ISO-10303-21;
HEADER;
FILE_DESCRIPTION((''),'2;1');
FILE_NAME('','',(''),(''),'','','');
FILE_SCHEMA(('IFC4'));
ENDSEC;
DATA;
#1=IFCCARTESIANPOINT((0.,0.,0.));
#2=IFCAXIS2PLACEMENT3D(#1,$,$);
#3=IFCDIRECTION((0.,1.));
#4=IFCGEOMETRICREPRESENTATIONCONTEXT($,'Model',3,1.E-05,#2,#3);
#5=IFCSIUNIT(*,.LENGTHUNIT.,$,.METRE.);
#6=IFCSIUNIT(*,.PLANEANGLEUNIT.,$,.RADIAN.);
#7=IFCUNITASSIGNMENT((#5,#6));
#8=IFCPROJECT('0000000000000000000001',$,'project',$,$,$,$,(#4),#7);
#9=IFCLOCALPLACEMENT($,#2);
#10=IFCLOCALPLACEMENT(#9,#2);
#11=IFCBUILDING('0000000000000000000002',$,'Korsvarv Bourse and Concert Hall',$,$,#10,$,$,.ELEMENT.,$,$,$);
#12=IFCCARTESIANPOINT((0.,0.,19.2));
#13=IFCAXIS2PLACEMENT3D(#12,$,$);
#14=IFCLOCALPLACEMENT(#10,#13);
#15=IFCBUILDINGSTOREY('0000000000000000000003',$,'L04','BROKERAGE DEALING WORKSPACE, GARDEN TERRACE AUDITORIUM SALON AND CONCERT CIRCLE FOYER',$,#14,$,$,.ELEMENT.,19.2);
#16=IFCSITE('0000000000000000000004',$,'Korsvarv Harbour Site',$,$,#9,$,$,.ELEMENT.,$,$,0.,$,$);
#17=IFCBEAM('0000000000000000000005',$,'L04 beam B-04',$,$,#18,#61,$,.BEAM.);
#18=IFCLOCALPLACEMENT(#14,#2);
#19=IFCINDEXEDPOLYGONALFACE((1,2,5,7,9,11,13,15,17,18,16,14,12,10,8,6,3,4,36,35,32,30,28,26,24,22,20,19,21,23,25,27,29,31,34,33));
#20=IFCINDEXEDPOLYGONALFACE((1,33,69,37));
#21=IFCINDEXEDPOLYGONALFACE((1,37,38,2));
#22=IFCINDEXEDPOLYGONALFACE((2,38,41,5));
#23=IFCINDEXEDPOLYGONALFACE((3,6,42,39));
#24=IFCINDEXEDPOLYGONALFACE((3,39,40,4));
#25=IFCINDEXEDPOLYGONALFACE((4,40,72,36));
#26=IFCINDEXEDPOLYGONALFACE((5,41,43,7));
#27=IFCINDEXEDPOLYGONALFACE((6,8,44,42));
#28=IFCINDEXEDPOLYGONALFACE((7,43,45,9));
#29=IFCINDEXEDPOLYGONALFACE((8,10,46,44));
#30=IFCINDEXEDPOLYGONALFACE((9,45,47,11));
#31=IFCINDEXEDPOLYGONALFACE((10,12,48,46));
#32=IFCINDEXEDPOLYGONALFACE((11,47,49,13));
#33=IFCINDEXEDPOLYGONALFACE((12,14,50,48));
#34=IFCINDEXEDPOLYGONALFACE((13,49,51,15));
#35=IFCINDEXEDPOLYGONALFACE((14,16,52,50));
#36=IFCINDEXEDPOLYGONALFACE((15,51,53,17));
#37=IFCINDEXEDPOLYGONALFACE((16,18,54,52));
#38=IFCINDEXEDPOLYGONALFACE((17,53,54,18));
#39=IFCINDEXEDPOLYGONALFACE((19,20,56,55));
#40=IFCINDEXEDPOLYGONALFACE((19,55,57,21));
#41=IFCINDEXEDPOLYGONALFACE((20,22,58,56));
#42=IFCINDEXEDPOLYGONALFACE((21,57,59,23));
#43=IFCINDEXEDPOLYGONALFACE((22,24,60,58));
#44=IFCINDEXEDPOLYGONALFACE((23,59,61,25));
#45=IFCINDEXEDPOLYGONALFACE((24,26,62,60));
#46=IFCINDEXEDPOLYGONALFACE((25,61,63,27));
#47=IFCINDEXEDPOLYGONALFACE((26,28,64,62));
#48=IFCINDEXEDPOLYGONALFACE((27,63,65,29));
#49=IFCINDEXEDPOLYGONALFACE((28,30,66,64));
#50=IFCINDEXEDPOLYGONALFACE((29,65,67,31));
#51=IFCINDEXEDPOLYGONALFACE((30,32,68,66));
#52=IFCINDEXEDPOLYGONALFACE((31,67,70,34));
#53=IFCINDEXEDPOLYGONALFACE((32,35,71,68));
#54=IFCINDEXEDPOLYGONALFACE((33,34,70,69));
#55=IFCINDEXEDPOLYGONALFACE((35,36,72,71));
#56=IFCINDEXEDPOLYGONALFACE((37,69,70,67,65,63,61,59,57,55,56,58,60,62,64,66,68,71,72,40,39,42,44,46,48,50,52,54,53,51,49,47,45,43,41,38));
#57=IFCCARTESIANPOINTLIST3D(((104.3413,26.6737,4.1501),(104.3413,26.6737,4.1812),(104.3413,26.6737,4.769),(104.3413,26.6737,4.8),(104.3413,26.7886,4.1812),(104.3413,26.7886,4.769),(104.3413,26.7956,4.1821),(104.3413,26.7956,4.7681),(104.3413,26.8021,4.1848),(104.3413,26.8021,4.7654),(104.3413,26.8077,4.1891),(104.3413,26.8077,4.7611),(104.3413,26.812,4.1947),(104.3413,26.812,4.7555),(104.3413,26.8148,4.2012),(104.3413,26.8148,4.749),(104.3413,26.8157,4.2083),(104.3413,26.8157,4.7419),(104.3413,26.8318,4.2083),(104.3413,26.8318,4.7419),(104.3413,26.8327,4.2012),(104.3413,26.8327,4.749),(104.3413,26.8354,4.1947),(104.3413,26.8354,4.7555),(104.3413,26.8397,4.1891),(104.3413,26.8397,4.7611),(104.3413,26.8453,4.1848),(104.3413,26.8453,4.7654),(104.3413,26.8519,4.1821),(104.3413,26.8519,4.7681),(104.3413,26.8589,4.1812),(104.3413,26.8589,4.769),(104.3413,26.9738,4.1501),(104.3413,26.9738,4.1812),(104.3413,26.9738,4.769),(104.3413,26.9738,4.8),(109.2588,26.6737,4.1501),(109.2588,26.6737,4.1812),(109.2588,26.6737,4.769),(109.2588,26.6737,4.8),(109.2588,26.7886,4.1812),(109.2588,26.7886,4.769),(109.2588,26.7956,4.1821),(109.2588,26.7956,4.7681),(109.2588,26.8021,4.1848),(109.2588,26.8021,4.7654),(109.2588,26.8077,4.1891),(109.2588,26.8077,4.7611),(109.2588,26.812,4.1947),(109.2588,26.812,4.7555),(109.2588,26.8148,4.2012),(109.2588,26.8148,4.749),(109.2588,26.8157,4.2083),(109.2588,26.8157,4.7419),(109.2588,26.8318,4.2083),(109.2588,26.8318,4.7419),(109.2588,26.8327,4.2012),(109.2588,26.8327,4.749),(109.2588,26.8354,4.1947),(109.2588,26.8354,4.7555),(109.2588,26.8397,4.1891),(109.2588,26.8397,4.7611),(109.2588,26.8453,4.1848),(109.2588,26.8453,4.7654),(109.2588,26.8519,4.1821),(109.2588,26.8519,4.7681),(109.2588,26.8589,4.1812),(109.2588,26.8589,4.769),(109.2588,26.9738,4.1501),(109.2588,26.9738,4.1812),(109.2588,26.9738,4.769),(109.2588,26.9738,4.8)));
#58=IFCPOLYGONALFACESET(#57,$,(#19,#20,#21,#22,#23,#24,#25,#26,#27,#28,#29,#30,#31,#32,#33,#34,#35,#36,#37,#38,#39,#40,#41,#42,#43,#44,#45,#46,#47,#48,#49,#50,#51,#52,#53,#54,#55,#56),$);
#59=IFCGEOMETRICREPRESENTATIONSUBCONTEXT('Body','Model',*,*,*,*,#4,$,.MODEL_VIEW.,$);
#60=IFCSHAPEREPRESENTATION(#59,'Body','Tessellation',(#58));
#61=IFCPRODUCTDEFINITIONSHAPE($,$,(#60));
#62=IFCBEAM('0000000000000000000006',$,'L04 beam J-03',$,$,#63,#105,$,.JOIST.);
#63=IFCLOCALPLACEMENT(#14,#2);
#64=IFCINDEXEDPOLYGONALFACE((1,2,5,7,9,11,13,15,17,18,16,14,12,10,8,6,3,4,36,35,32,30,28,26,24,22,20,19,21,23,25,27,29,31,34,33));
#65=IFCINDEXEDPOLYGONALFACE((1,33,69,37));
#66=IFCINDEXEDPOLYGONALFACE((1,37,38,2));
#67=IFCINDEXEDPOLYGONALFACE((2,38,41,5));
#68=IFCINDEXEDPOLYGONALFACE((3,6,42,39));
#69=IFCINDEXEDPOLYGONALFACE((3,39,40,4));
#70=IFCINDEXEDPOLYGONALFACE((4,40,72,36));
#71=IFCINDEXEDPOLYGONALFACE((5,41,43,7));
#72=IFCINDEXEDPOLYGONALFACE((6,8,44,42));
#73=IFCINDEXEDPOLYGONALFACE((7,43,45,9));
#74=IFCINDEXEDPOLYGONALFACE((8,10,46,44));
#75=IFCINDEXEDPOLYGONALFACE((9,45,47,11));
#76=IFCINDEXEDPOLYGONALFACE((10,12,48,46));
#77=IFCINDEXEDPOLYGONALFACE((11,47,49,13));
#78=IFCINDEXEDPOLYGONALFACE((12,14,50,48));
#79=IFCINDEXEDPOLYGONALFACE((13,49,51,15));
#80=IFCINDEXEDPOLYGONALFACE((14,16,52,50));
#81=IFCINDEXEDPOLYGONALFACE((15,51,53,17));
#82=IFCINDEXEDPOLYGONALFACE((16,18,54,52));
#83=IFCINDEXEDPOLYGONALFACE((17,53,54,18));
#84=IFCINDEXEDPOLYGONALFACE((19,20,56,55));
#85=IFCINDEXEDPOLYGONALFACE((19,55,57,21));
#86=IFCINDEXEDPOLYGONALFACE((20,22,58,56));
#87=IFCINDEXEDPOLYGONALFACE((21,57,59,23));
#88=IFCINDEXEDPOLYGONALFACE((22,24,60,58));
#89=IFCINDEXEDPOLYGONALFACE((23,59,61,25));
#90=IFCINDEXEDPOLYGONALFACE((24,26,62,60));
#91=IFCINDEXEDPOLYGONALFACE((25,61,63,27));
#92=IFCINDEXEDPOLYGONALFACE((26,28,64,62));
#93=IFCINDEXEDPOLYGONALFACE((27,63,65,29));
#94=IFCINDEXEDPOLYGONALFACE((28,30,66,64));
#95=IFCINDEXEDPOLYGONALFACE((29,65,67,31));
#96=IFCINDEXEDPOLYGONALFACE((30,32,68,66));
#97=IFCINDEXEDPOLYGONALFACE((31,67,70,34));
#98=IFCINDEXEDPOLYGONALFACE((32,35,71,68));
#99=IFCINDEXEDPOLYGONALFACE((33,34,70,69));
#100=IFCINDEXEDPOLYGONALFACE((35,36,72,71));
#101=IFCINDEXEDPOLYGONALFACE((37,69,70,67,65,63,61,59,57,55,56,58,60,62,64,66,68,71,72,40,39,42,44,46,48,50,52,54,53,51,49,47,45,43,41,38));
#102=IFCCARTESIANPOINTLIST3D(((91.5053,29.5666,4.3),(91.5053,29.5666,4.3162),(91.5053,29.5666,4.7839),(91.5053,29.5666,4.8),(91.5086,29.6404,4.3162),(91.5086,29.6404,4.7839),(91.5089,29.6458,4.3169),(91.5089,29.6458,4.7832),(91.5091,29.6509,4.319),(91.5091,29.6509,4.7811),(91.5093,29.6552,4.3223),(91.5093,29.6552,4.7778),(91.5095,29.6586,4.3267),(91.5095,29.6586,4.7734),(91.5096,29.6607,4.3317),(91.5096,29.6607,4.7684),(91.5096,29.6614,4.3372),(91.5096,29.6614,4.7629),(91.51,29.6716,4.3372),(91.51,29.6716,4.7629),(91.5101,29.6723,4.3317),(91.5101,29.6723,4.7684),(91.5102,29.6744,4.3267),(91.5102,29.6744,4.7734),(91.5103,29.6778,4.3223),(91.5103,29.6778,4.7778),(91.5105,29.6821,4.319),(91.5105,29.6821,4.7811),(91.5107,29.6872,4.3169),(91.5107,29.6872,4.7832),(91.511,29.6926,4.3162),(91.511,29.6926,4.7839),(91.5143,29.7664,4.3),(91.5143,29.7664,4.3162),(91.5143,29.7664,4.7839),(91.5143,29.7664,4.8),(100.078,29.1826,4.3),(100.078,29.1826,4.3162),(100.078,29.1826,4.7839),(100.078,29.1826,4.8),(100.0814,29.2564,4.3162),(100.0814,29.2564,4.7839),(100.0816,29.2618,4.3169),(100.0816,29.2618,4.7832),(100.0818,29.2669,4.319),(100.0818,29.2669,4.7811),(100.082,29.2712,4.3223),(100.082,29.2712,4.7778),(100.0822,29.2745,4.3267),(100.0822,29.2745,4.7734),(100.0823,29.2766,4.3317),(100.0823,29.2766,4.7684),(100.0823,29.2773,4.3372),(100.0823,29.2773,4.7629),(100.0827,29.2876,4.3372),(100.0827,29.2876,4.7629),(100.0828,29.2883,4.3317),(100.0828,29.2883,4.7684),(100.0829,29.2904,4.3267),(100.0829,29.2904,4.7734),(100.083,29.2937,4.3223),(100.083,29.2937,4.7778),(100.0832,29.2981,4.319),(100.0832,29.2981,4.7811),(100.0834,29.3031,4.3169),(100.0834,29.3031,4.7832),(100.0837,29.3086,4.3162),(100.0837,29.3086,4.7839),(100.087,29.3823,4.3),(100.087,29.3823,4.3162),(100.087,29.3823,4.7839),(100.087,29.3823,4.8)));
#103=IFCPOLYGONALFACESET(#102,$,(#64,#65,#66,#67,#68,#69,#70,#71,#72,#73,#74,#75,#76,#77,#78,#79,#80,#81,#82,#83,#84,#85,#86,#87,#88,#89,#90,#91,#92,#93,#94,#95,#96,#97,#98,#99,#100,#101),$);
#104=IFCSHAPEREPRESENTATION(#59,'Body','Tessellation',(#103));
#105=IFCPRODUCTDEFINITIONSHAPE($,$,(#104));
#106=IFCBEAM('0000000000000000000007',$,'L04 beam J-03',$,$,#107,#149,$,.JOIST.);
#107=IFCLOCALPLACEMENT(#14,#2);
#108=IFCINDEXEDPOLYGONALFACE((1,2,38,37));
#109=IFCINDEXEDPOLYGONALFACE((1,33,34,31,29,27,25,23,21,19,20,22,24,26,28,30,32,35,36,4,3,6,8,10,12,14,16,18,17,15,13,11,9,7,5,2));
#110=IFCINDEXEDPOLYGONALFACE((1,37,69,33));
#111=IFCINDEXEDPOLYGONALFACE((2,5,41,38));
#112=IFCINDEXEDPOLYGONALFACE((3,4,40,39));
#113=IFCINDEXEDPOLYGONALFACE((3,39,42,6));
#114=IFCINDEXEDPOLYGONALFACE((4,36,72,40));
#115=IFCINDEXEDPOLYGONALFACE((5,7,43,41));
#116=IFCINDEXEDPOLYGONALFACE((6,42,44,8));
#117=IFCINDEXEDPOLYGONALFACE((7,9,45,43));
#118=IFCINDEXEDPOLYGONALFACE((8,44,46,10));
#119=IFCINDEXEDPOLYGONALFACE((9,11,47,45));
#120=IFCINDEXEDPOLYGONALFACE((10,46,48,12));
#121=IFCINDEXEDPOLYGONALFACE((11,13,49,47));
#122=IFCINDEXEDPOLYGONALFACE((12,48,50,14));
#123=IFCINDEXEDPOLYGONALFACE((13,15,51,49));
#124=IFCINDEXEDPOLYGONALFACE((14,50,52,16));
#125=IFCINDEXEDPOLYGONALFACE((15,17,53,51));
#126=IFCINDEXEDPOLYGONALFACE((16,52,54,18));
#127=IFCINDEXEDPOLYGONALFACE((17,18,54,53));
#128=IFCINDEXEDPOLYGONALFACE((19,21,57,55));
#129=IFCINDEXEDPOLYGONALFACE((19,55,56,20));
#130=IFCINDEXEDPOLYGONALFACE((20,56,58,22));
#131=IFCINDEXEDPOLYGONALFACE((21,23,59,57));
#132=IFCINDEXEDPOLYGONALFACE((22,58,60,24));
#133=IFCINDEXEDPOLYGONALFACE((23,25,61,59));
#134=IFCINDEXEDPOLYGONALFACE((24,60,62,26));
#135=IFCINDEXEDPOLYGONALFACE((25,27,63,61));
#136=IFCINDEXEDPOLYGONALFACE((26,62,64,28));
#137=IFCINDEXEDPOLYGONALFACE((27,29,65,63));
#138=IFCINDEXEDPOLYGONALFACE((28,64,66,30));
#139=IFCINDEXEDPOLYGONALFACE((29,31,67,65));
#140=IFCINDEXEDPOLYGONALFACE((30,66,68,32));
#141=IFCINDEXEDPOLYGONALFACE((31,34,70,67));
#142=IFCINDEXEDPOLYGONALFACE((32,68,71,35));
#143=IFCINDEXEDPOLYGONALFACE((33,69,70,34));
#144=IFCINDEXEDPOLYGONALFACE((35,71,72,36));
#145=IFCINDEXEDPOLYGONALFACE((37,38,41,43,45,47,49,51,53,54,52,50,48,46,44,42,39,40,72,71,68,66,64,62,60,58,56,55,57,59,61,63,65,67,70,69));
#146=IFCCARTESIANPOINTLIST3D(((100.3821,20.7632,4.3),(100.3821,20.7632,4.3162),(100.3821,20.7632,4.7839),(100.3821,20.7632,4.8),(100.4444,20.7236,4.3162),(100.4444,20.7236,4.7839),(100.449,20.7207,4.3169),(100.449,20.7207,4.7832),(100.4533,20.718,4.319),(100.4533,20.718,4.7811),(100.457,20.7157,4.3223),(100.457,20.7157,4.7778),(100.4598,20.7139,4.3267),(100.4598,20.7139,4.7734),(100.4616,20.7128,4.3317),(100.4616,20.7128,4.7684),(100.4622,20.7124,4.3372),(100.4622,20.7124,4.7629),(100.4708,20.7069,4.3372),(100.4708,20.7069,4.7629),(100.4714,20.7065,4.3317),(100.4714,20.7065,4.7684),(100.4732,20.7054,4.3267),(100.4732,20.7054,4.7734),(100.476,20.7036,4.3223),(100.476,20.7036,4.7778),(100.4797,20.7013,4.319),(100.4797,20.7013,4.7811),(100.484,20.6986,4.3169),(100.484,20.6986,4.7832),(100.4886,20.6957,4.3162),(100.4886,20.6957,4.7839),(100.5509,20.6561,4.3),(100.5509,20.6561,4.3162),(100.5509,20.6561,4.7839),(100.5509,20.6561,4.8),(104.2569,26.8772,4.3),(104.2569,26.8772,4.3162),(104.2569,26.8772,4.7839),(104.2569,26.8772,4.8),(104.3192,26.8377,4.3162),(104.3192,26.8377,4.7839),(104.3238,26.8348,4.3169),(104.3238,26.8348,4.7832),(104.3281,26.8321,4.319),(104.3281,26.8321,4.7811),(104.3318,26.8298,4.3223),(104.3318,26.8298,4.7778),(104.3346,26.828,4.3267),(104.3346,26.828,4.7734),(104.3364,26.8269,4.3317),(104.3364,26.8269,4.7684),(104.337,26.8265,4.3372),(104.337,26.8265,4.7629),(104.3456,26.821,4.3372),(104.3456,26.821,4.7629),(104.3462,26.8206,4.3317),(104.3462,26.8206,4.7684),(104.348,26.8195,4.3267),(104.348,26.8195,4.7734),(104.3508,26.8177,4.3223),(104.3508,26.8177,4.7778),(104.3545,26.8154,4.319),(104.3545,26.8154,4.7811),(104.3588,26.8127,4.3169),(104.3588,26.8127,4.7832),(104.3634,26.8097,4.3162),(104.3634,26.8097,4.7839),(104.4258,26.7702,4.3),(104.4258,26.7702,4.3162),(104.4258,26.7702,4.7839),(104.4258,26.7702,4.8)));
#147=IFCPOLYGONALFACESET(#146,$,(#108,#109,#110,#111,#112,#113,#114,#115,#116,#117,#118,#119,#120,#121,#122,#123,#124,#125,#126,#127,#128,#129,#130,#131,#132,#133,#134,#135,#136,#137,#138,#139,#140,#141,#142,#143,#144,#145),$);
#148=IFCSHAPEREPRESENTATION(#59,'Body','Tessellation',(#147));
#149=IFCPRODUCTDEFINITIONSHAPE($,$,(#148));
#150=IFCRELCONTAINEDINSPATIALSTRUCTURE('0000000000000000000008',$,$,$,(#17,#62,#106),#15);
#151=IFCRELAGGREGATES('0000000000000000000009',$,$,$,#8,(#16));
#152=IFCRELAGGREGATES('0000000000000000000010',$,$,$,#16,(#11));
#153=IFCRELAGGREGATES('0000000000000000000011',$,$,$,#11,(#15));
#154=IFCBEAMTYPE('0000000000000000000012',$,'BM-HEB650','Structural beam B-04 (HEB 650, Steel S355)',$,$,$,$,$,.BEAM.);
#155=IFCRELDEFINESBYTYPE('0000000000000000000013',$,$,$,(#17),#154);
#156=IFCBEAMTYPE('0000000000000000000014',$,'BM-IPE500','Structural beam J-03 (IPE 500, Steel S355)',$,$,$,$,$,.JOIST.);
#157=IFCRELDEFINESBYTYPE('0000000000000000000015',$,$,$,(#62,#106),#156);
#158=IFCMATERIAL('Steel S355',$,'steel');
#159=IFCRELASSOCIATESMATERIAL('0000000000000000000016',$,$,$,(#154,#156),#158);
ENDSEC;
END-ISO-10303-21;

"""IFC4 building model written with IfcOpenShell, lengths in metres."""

from ifc_helpers import new_model, si_unit, direction, frame, origin, origin_2d, place, context, subcontext, project, spatial, i_section, extrude, source, transform, mapped, material, material_profile, profile_set, type_object, element, save


model = new_model("IFC4")

# Units and contexts
model_context = context("Model", 3, precision=1e-05, world=origin(), true_north=direction((0.0, 1.0)))
body_context = subcontext(model_context, "Body", "Model", "MODEL_VIEW")
ifc_project = project(units=[si_unit("LENGTHUNIT", "METRE"), si_unit("PLANEANGLEUNIT", "RADIAN")], contexts=[model_context])

# Site, building, storey
site_placement = place(None, origin())
site = spatial("IfcSite", under=ifc_project, at=site_placement, Name="Korsvarv Harbour Site", CompositionType="ELEMENT", RefElevation=0.0)
building_placement = place(site_placement, origin())
building = spatial("IfcBuilding", under=site, at=building_placement, Name="Korsvarv Bourse and Concert Hall", CompositionType="ELEMENT")
storey_placement = place(building_placement, frame((0.0, 0.0, 19.2)))
storey = spatial("IfcBuildingStorey", under=building, at=storey_placement, Name="L04", Description="BROKERAGE DEALING WORKSPACE, GARDEN TERRACE AUDITORIUM SALON AND CONCERT CIRCLE FOYER", CompositionType="ELEMENT", Elevation=19.2)

# Beams
ifc_material_1 = material(Name="Steel S355", Category="steel")
ifc_material_profile_1 = material_profile(ifc_material_1, i_section(OverallWidth=0.3, OverallDepth=0.6499, WebThickness=0.0161, FlangeThickness=0.031, FilletRadius=0.0271, at=origin_2d()), Name="HEB 650")
ifc_profile_set_1 = profile_set([ifc_material_profile_1], Name="Steel S355")
beam_type_1 = type_object("IfcBeamType", Name="BM-HEB650", Description="Structural beam B-04 (HEB 650, Steel S355)", PredefinedType="BEAM", material=ifc_profile_set_1)
shared_shape_1 = source(origin(), body_context, "Body", "SweptSolid", [
    extrude(i_section(OverallWidth=0.3, OverallDepth=0.6499, WebThickness=0.0161, FlangeThickness=0.031, FilletRadius=0.0271, at=origin_2d()), origin(), (0.0, 0.0, 1.0), 4.9175),
])
for number, where, z_axis, x_axis, name in (
    (1, (104.3413, 26.8237, 4.4751), (1.0, 0.0, 0.0), (0.0, 1.0, 0.0), "L04 beam B-04"),
):
    element("IfcBeam", number, at=place(storey_placement, frame(where, z_axis=z_axis, x_axis=x_axis)), inside=storey, type_object=beam_type_1, Name=name, PredefinedType="BEAM", context=body_context, shape_type="MappedRepresentation", body=[
        mapped(shared_shape_1, transform((0.0, 0.0, 0.0), scale=1.0)),
    ])
ifc_material_profile_2 = material_profile(ifc_material_1, i_section(OverallWidth=0.2, OverallDepth=0.5, WebThickness=0.0103, FlangeThickness=0.0161, FilletRadius=0.021, at=origin_2d()), Name="IPE 500")
ifc_profile_set_2 = profile_set([ifc_material_profile_2], Name="Steel S355")
beam_type_2 = type_object("IfcBeamType", Name="BM-IPE500", Description="Structural beam J-03 (IPE 500, Steel S355)", PredefinedType="JOIST", material=ifc_profile_set_2)
shared_shape_2 = source(origin(), body_context, "Body", "SweptSolid", [
    extrude(i_section(OverallWidth=0.2, OverallDepth=0.5, WebThickness=0.0103, FlangeThickness=0.0161, FilletRadius=0.021, at=origin_2d()), origin(), (0.0, 0.0, 1.0), 8.5813),
])
beam_1_placement = place(storey_placement, frame((100.0825, 29.2825, 4.55), z_axis=(-0.998998, 0.044752, 0.0), x_axis=(-0.044752, -0.998998, 0.0)))
element("IfcBeam", 2, at=beam_1_placement, inside=storey, type_object=beam_type_2, Name="L04 beam J-03", PredefinedType="JOIST", context=body_context, shape_type="MappedRepresentation", body=[
    mapped(shared_shape_2, transform((0.0, 0.0, 0.0), scale=1.0)),
])
shared_shape_3 = source(origin(), body_context, "Body", "SweptSolid", [
    extrude(i_section(OverallWidth=0.2, OverallDepth=0.5, WebThickness=0.0103, FlangeThickness=0.0161, FilletRadius=0.021, at=origin_2d()), origin(), (0.0, 0.0, 1.0), 7.2385),
])
beam_2_placement = place(storey_placement, frame((104.3413, 26.8237, 4.55), z_axis=(-0.535303, -0.84466, 0.0), x_axis=(0.84466, -0.535303, 0.0)))
element("IfcBeam", 3, at=beam_2_placement, inside=storey, type_object=beam_type_2, Name="L04 beam J-03", PredefinedType="JOIST", context=body_context, shape_type="MappedRepresentation", body=[
    mapped(shared_shape_3, transform((0.0, 0.0, 0.0), scale=1.0)),
])

save(model, "model.ifc")
